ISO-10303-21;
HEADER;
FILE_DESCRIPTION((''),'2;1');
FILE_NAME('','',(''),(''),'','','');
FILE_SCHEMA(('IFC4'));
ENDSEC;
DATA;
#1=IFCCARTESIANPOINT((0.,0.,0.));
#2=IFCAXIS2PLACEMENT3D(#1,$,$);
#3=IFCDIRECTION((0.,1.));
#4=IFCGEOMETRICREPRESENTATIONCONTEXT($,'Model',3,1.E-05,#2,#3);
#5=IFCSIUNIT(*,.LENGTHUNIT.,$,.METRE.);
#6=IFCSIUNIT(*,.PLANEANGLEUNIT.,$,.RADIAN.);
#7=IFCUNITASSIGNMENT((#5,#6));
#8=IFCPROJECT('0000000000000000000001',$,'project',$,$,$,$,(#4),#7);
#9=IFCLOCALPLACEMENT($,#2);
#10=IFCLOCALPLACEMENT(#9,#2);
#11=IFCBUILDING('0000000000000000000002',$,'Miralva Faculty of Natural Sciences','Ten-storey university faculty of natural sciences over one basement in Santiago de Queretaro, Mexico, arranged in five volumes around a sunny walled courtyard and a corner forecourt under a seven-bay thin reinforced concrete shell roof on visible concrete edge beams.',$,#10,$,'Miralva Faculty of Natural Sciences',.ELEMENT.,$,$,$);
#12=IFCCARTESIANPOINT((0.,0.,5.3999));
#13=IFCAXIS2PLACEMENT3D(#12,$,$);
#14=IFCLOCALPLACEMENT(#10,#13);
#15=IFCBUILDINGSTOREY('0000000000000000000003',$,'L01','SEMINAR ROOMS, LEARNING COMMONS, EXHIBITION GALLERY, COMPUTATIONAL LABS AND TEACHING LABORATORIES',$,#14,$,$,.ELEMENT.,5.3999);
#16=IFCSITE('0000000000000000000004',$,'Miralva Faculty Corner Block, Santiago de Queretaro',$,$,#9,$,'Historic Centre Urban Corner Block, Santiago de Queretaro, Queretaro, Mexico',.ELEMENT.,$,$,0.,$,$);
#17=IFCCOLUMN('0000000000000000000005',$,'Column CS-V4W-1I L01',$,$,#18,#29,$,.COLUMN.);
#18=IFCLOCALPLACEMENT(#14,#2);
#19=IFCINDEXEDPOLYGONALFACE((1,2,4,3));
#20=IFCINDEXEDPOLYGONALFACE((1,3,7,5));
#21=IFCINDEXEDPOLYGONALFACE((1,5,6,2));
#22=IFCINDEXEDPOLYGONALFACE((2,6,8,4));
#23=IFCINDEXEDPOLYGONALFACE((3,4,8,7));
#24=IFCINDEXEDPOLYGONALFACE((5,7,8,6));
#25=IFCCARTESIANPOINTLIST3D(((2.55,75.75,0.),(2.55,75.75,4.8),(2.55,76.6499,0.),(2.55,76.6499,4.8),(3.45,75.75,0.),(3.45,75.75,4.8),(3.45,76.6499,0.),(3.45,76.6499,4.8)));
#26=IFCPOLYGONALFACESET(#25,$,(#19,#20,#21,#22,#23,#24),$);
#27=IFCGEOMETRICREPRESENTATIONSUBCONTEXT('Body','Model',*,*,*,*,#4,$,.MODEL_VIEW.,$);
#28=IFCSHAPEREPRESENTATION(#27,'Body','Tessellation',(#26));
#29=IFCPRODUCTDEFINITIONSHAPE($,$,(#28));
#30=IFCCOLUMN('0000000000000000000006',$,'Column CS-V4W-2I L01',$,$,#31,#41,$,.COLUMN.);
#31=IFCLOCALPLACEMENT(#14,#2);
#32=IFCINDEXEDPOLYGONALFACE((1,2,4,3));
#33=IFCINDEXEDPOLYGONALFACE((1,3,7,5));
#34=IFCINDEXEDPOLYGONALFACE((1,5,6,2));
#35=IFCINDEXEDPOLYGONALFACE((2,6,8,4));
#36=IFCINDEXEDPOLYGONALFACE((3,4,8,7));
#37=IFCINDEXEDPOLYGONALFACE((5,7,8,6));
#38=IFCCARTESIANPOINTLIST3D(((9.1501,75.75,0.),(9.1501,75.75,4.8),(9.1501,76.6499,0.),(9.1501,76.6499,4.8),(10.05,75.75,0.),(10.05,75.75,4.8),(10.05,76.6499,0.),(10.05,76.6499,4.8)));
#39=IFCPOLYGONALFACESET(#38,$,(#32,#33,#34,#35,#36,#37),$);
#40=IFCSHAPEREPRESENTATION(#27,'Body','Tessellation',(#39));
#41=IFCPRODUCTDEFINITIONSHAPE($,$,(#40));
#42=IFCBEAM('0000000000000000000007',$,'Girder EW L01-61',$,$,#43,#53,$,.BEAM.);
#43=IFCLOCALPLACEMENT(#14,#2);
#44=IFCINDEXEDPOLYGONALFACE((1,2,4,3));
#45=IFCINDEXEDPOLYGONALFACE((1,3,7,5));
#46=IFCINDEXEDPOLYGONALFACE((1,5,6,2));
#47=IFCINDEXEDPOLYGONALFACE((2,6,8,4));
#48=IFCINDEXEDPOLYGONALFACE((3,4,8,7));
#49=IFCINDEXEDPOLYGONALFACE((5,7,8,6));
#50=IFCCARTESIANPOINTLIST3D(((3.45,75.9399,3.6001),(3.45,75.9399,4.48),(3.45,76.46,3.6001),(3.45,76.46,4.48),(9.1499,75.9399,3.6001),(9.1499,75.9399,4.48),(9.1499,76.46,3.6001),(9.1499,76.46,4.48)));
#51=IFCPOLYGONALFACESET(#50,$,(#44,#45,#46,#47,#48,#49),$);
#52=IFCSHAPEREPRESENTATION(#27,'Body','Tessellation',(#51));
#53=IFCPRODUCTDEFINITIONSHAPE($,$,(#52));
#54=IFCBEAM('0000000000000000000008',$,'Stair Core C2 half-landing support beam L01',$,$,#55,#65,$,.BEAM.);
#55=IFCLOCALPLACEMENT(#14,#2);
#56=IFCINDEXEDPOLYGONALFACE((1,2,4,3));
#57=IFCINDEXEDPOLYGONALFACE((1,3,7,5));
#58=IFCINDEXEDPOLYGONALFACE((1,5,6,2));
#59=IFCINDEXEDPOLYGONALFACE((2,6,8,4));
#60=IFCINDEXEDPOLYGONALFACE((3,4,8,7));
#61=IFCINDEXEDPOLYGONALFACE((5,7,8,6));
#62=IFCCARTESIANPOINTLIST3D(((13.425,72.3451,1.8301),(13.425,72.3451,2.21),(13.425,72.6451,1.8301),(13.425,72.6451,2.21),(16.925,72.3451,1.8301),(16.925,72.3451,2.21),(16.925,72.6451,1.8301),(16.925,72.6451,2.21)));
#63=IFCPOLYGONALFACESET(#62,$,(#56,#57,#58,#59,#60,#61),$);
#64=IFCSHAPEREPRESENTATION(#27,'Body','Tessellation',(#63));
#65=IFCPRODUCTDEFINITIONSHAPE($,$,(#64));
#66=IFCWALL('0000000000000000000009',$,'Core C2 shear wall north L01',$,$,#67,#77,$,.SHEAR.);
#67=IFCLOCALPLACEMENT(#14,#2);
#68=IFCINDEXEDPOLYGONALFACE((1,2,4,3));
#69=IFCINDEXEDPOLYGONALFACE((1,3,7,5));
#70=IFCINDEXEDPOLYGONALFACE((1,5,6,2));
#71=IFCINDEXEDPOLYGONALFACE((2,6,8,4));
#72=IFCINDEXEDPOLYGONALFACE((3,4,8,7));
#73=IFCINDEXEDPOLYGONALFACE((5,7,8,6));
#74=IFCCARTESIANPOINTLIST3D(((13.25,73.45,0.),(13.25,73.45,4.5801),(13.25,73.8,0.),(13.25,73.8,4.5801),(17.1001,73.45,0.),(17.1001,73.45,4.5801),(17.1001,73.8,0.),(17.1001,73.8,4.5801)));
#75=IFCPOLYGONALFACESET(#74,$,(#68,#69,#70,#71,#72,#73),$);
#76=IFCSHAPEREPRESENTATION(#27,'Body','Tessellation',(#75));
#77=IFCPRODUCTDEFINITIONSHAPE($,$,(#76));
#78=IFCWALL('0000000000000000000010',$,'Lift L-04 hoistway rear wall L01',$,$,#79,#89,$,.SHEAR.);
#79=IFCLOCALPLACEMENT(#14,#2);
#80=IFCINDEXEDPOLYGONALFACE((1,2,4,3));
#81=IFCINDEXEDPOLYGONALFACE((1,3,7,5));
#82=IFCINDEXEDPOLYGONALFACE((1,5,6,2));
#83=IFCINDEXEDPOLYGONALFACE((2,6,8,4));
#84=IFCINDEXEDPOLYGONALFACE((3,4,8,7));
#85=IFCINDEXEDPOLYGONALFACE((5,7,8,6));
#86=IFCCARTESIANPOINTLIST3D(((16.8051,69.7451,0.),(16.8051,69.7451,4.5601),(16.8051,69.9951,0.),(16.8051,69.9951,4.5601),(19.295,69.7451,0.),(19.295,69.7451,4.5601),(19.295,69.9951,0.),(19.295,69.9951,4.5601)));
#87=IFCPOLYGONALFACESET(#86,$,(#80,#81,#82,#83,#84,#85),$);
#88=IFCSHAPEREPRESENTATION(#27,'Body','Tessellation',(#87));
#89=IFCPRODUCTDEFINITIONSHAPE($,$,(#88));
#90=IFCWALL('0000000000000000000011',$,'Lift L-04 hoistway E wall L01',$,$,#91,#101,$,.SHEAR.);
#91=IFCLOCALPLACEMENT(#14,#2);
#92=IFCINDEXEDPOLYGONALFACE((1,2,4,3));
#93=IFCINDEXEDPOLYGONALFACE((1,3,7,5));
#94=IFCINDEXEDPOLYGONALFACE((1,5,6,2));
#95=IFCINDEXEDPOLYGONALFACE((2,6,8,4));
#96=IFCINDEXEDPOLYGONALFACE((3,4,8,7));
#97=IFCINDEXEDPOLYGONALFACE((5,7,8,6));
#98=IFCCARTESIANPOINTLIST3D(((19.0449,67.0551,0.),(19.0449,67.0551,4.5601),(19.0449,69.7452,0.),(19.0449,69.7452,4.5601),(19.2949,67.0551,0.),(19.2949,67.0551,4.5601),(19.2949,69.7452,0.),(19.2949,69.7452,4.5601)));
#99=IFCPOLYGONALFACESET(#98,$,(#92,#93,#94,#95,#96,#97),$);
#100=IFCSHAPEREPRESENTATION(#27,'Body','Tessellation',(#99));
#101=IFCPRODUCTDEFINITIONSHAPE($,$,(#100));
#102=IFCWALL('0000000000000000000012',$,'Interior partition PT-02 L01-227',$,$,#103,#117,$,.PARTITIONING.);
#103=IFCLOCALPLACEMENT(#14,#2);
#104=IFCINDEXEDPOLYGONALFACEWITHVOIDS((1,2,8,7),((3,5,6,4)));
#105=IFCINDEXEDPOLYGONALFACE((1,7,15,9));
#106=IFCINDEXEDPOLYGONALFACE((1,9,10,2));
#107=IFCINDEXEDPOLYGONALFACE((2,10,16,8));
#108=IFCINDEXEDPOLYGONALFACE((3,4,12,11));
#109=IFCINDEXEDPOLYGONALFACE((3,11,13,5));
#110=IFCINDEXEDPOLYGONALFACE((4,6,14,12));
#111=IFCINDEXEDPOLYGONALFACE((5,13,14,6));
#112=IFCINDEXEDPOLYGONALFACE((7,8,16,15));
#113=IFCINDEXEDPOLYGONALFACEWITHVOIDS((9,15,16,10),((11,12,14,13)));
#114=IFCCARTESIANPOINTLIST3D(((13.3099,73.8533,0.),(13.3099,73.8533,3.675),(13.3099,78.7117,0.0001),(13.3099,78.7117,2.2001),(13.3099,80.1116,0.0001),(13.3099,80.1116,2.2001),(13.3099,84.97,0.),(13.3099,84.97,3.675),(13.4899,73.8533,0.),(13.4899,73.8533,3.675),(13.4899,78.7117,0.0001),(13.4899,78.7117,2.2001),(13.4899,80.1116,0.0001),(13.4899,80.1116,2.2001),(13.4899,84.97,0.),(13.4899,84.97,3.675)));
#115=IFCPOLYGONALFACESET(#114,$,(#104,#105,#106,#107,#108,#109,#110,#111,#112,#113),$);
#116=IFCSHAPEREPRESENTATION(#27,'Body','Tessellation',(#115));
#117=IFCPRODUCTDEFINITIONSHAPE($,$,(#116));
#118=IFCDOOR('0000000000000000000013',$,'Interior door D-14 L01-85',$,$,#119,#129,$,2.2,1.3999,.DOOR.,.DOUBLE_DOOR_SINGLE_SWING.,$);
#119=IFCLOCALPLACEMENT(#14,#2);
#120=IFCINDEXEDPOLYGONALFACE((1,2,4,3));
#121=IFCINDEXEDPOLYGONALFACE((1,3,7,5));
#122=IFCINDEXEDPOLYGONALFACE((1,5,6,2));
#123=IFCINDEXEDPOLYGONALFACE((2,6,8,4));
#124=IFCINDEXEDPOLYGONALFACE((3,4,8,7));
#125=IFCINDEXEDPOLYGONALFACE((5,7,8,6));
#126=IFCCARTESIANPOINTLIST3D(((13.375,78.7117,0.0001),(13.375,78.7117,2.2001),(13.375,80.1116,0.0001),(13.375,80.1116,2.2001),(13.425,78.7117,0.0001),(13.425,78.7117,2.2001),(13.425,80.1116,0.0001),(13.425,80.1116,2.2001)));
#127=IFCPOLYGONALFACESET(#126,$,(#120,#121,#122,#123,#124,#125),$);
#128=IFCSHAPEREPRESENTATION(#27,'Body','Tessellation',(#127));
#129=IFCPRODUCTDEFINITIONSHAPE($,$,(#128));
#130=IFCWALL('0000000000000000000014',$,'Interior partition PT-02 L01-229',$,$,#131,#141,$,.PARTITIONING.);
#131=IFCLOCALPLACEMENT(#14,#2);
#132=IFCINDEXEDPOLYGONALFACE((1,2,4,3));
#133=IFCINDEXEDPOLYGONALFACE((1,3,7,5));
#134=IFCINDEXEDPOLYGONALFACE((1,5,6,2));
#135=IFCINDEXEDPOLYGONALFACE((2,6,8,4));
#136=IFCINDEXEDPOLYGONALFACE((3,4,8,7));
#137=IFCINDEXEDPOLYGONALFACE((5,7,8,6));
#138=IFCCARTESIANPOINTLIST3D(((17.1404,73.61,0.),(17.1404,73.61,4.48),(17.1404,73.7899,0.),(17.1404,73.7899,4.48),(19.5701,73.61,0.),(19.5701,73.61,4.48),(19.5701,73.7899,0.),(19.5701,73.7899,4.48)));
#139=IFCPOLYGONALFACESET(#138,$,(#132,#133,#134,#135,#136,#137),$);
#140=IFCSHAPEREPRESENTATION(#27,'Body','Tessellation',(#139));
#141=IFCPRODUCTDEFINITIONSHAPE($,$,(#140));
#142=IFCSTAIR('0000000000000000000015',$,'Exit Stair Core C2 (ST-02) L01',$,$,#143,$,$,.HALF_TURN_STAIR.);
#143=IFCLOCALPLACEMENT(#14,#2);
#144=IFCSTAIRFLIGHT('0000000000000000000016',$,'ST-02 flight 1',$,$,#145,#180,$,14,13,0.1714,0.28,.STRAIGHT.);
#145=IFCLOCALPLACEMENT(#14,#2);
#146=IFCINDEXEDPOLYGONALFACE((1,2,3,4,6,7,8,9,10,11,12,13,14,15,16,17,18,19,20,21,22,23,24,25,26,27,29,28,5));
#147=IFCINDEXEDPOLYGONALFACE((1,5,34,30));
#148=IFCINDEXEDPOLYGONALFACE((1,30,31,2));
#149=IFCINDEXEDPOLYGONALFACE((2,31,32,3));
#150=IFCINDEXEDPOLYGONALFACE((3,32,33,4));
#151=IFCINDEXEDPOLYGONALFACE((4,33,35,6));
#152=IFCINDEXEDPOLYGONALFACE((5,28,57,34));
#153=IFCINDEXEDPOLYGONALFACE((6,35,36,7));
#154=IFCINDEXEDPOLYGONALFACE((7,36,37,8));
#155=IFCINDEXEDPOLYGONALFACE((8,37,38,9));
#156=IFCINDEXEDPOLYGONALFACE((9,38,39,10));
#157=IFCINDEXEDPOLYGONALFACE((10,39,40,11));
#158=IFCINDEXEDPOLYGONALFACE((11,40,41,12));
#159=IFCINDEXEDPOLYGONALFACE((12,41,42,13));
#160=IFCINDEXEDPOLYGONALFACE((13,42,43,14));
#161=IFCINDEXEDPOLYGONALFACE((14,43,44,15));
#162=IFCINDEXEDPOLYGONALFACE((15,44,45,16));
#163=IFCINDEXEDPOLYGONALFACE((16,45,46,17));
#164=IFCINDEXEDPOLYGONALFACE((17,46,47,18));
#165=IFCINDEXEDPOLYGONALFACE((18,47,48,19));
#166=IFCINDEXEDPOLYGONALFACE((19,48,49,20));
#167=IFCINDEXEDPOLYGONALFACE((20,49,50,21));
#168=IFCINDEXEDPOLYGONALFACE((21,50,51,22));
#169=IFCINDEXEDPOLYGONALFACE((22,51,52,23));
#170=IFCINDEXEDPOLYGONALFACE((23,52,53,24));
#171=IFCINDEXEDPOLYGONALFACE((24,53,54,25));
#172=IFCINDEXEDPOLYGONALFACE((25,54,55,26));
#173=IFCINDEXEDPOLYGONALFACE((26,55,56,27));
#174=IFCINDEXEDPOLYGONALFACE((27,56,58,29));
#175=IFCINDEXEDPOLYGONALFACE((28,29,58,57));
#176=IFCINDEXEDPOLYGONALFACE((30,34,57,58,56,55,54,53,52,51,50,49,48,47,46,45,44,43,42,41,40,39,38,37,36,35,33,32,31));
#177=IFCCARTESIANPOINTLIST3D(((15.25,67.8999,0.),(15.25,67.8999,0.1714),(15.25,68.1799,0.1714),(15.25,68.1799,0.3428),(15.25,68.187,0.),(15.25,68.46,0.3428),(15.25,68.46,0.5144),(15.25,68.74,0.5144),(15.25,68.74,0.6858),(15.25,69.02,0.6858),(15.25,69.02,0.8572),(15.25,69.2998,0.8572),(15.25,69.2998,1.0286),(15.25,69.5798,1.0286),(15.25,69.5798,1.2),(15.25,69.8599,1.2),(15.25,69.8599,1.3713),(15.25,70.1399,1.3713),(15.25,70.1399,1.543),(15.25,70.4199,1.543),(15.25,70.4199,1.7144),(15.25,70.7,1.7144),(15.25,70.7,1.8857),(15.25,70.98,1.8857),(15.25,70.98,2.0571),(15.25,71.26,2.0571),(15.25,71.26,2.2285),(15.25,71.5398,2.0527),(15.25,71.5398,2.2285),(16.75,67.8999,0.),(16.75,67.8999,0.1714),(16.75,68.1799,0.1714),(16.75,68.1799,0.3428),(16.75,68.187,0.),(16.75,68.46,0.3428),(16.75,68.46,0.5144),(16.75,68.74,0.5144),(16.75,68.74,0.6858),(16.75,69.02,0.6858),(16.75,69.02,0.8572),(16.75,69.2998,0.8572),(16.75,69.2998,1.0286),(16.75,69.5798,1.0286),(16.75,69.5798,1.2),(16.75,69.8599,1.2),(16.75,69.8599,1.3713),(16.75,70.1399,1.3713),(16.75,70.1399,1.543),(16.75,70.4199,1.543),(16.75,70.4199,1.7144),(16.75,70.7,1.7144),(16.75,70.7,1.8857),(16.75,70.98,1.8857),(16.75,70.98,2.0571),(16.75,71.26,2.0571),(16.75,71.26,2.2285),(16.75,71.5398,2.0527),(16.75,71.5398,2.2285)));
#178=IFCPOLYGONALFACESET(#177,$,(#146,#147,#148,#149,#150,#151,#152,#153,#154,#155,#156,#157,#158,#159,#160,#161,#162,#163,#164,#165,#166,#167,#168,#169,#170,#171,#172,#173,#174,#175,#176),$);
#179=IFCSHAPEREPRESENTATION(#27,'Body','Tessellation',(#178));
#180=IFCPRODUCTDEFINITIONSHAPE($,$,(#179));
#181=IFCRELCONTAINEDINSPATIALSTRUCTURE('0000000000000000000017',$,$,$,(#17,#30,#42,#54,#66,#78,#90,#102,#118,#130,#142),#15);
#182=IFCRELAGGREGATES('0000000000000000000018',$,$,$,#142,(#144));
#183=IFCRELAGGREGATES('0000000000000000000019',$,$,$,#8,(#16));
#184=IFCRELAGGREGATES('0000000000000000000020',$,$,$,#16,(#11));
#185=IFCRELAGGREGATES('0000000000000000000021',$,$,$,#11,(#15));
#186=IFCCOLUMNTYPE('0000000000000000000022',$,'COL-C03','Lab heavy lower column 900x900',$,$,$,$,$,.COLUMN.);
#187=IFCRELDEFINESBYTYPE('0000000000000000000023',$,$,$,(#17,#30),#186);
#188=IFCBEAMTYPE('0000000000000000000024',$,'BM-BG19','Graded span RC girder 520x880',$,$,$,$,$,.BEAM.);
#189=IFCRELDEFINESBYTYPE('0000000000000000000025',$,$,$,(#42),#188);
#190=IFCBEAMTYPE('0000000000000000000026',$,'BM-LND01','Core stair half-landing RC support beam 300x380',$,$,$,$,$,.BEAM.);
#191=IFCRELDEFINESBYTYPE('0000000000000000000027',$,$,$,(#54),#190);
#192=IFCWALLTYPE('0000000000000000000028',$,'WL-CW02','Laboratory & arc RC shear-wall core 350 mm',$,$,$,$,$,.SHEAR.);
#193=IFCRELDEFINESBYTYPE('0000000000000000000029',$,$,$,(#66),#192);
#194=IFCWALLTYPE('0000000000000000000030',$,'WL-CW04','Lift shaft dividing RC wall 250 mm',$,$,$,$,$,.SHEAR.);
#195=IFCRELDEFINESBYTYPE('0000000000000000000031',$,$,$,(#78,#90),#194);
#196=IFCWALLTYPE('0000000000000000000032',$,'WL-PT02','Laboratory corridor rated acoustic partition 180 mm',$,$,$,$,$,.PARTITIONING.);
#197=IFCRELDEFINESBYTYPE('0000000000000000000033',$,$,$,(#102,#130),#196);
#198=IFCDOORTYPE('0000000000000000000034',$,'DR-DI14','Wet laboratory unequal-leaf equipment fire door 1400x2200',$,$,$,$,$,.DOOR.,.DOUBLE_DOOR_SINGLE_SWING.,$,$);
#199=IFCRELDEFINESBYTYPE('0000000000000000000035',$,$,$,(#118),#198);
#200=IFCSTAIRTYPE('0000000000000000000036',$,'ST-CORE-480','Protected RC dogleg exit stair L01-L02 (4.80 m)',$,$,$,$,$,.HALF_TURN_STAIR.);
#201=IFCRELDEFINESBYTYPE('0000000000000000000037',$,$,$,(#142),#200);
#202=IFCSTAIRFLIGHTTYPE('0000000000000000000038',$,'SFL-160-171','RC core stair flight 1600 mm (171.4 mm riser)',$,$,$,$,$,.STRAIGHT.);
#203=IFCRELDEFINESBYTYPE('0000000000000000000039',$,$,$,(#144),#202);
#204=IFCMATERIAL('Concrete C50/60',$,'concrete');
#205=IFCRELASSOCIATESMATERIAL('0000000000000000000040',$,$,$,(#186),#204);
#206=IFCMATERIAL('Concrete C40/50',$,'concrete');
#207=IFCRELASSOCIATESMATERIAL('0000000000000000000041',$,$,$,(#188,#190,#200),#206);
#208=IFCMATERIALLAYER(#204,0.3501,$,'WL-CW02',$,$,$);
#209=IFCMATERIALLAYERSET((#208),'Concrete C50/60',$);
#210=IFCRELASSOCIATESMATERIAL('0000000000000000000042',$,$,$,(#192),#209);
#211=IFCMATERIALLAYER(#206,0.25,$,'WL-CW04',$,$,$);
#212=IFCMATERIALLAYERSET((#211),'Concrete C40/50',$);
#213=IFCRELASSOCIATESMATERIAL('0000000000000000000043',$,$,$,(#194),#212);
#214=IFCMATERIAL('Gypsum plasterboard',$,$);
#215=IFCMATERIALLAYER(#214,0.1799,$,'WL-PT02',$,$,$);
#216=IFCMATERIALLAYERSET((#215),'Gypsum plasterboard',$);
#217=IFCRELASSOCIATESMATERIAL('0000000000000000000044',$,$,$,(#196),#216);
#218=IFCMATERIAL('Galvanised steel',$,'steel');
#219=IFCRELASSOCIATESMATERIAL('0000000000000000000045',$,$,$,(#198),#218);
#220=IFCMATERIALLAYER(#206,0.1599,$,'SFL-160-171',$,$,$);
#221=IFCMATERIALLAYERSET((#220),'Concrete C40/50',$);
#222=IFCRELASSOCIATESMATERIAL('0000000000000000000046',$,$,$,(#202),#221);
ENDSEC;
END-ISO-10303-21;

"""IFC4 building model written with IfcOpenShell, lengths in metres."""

from ifc_helpers import new_model, si_unit, direction, frame, frame_2d, origin, origin_2d, place, context, subcontext, project, spatial, polyline, rectangle, outline, extrude, material, layer, layer_set, material_profile, profile_set, type_object, element, fill, aggregate, save


model = new_model("IFC4")

# Units and contexts
model_context = context("Model", 3, precision=1e-05, world=origin(), true_north=direction((0.0, 1.0)))
body_context = subcontext(model_context, "Body", "Model", "MODEL_VIEW")
ifc_project = project(units=[si_unit("LENGTHUNIT", "METRE"), si_unit("PLANEANGLEUNIT", "RADIAN")], contexts=[model_context])

# Site, building, storey
site_placement = place(None, origin())
site = spatial("IfcSite", under=ifc_project, at=site_placement, Name="Miralva Faculty Corner Block, Santiago de Queretaro", LongName="Historic Centre Urban Corner Block, Santiago de Queretaro, Queretaro, Mexico", CompositionType="ELEMENT", RefElevation=0.0)
building_placement = place(site_placement, origin())
building = spatial("IfcBuilding", under=site, at=building_placement, Name="Miralva Faculty of Natural Sciences", Description="Ten-storey university faculty of natural sciences over one basement in Santiago de Queretaro, Mexico, arranged in five volumes around a sunny walled courtyard and a corner forecourt under a seven-bay thin reinforced concrete shell roof on visible concrete edge beams.", LongName="Miralva Faculty of Natural Sciences", CompositionType="ELEMENT")
storey_placement = place(building_placement, frame((0.0, 0.0, 5.3999)))
storey = spatial("IfcBuildingStorey", under=building, at=storey_placement, Name="L01", Description="SEMINAR ROOMS, LEARNING COMMONS, EXHIBITION GALLERY, COMPUTATIONAL LABS AND TEACHING LABORATORIES", CompositionType="ELEMENT", Elevation=5.3999)

# Columns
ifc_material_1 = material(Name="Concrete C50/60", Category="concrete")
ifc_material_profile_1 = material_profile(ifc_material_1, rectangle(XDim=0.8999, YDim=0.8999, at=origin_2d()), Name="RC 900x900")
ifc_profile_set_1 = profile_set([ifc_material_profile_1], Name="Concrete C50/60")
column_type = type_object("IfcColumnType", Name="COL-C03", Description="Lab heavy lower column 900x900", PredefinedType="COLUMN", material=ifc_profile_set_1)
for number, where, z_axis, x_axis, name in (
    (1, (3.0, 76.2, 0.0), (0.0, 0.0, 1.0), (1.0, 0.0, 0.0), "Column CS-V4W-1I L01"),
    (2, (9.6001, 76.2, 0.0), (0.0, 0.0, 1.0), (1.0, 0.0, 0.0), "Column CS-V4W-2I L01"),
):
    element("IfcColumn", number, at=place(storey_placement, frame(where, z_axis=z_axis, x_axis=x_axis)), inside=storey, type_object=column_type, Name=name, PredefinedType="COLUMN", context=body_context, shape_type="SweptSolid", body=[
        extrude(rectangle(XDim=0.8999, YDim=0.8999, at=origin_2d()), origin(), (0.0, 0.0, 1.0), 4.8),
    ])

# Beams
ifc_material_2 = material(Name="Concrete C40/50", Category="concrete")
ifc_material_profile_2 = material_profile(ifc_material_2, rectangle(XDim=0.52, YDim=0.8799, at=origin_2d()), Name="RC 520x880")
ifc_profile_set_2 = profile_set([ifc_material_profile_2], Name="Concrete C40/50")
beam_type_1 = type_object("IfcBeamType", Name="BM-BG19", Description="Graded span RC girder 520x880", PredefinedType="BEAM", material=ifc_profile_set_2)
beam_1_placement = place(storey_placement, frame((3.45, 76.2, 4.04), z_axis=(1.0, 0.0, 0.0), x_axis=(0.0, 1.0, 0.0)))
element("IfcBeam", 3, at=beam_1_placement, inside=storey, type_object=beam_type_1, Name="Girder EW L01-61", PredefinedType="BEAM", context=body_context, shape_type="SweptSolid", body=[
    extrude(rectangle(XDim=0.52, YDim=0.8799, at=origin_2d()), origin(), (0.0, 0.0, 1.0), 5.7),
])
ifc_material_profile_3 = material_profile(ifc_material_2, rectangle(XDim=0.3, YDim=0.3799, at=origin_2d()), Name="RC 300x380")
ifc_profile_set_3 = profile_set([ifc_material_profile_3], Name="Concrete C40/50")
beam_type_2 = type_object("IfcBeamType", Name="BM-LND01", Description="Core stair half-landing RC support beam 300x380", PredefinedType="BEAM", material=ifc_profile_set_3)
beam_2_placement = place(storey_placement, frame((13.425, 72.4951, 2.02), z_axis=(1.0, 0.0, 0.0), x_axis=(0.0, 1.0, 0.0)))
element("IfcBeam", 4, at=beam_2_placement, inside=storey, type_object=beam_type_2, Name="Stair Core C2 half-landing support beam L01", PredefinedType="BEAM", context=body_context, shape_type="SweptSolid", body=[
    extrude(rectangle(XDim=0.3, YDim=0.3799, at=origin_2d()), origin(), (0.0, 0.0, 1.0), 3.5),
])

# Walls
ifc_layer_1 = layer(ifc_material_1, 0.3501, Name="WL-CW02")
ifc_layer_set_1 = layer_set([ifc_layer_1], Name="Concrete C50/60")
wall_type_1 = type_object("IfcWallType", Name="WL-CW02", Description="Laboratory & arc RC shear-wall core 350 mm", PredefinedType="SHEAR", material=ifc_layer_set_1)
wall_1_placement = place(storey_placement, frame((13.25, 73.625, 0.0), z_axis=(0.0, 0.0, 1.0), x_axis=(1.0, 0.0, 0.0)))
element("IfcWall", 5, at=wall_1_placement, inside=storey, type_object=wall_type_1, Name="Core C2 shear wall north L01", PredefinedType="SHEAR", context=body_context, shape_type="SweptSolid", body=[
    extrude(rectangle(XDim=3.8501, YDim=0.3501, at=frame_2d((1.925, 0.0))), origin(), (0.0, 0.0, 1.0), 4.5801),
])
ifc_layer_2 = layer(ifc_material_2, 0.25, Name="WL-CW04")
ifc_layer_set_2 = layer_set([ifc_layer_2], Name="Concrete C40/50")
wall_type_2 = type_object("IfcWallType", Name="WL-CW04", Description="Lift shaft dividing RC wall 250 mm", PredefinedType="SHEAR", material=ifc_layer_set_2)
wall_2_placement = place(storey_placement, frame((16.8049, 69.8701, 0.0), z_axis=(0.0, 0.0, 1.0), x_axis=(1.0, 0.0, 0.0)))
element("IfcWall", 6, at=wall_2_placement, inside=storey, type_object=wall_type_2, Name="Lift L-04 hoistway rear wall L01", PredefinedType="SHEAR", context=body_context, shape_type="SweptSolid", body=[
    extrude(rectangle(XDim=2.49, YDim=0.25, at=frame_2d((1.2451, 0.0))), origin(), (0.0, 0.0, 1.0), 4.5601),
])
wall_3_placement = place(storey_placement, frame((19.1699, 67.0549, 0.0), z_axis=(0.0, 0.0, 1.0), x_axis=(0.0, 1.0, 0.0)))
element("IfcWall", 7, at=wall_3_placement, inside=storey, type_object=wall_type_2, Name="Lift L-04 hoistway E wall L01", PredefinedType="SHEAR", context=body_context, shape_type="SweptSolid", body=[
    extrude(rectangle(XDim=2.6902, YDim=0.25, at=frame_2d((1.3452, 0.0))), origin(), (0.0, 0.0, 1.0), 4.5601),
])

# Wall, opening, door
ifc_material_3 = material(Name="Gypsum plasterboard")
ifc_layer_3 = layer(ifc_material_3, 0.1799, Name="WL-PT02")
ifc_layer_set_3 = layer_set([ifc_layer_3], Name="Gypsum plasterboard")
wall_type_3 = type_object("IfcWallType", Name="WL-PT02", Description="Laboratory corridor rated acoustic partition 180 mm", PredefinedType="PARTITIONING", material=ifc_layer_set_3)
wall_4_placement = place(storey_placement, frame((13.3999, 73.8533, 0.0), z_axis=(0.0, 0.0, 1.0), x_axis=(0.0, 1.0, 0.0)))
wall_4 = element("IfcWall", 8, at=wall_4_placement, inside=storey, type_object=wall_type_3, Name="Interior partition PT-02 L01-227", PredefinedType="PARTITIONING", context=body_context, shape_type="SweptSolid", body=[
    extrude(rectangle(XDim=11.1167, YDim=0.1799, at=frame_2d((5.5583, 0.0))), origin(), (0.0, 0.0, 1.0), 3.675),
])
opening_placement = place(wall_4_placement, frame((4.8584, 0.0, 0.0)))
opening = element("IfcOpeningElement", 9, at=opening_placement, cuts=wall_4, PredefinedType="OPENING", context=body_context, shape_type="SweptSolid", body=[
    extrude(rectangle(XDim=1.3999, YDim=2.2, at=frame_2d((0.7, 1.1001))), frame((0.0, 0.0999, 0.0), z_axis=(0.0, -1.0, 0.0), x_axis=(1.0, 0.0, 0.0)), (0.0, 0.0, 1.0), 0.2),
])
ifc_material_4 = material(Name="Galvanised steel", Category="steel")
door_type = type_object("IfcDoorType", Name="DR-DI14", Description="Wet laboratory unequal-leaf equipment fire door 1400x2200", OperationType="DOUBLE_DOOR_SINGLE_SWING", PredefinedType="DOOR", material=ifc_material_4)
door_placement = place(opening_placement, origin())
door = element("IfcDoor", 10, at=door_placement, inside=storey, type_object=door_type, Name="Interior door D-14 L01-85", OperationType="DOUBLE_DOOR_SINGLE_SWING", OverallHeight=2.2, OverallWidth=1.3999, PredefinedType="DOOR", context=body_context, shape_type="SweptSolid", body=[
    extrude(rectangle(XDim=1.3999, YDim=2.2, at=frame_2d((0.7, 1.1001))), frame((0.0, 0.0249, 0.0), z_axis=(0.0, -1.0, 0.0), x_axis=(1.0, 0.0, 0.0)), (0.0, 0.0, 1.0), 0.05),
])
fill(opening, door)

# Wall
wall_5_placement = place(storey_placement, frame((17.1404, 73.7, 0.0), z_axis=(0.0, 0.0, 1.0), x_axis=(1.0, 0.0, 0.0)))
element("IfcWall", 11, at=wall_5_placement, inside=storey, type_object=wall_type_3, Name="Interior partition PT-02 L01-229", PredefinedType="PARTITIONING", context=body_context, shape_type="SweptSolid", body=[
    extrude(rectangle(XDim=2.4297, YDim=0.1799, at=frame_2d((1.2148, 0.0))), origin(), (0.0, 0.0, 1.0), 4.48),
])

# Stair, stair flight
stair_type = type_object("IfcStairType", Name="ST-CORE-480", Description="Protected RC dogleg exit stair L01-L02 (4.80 m)", PredefinedType="HALF_TURN_STAIR", material=ifc_material_2)
stair_placement = place(storey_placement, origin())
stair = element("IfcStair", 12, at=stair_placement, inside=storey, type_object=stair_type, Name="Exit Stair Core C2 (ST-02) L01", PredefinedType="HALF_TURN_STAIR")
ifc_layer_4 = layer(ifc_material_2, 0.1599, Name="SFL-160-171")
ifc_layer_set_4 = layer_set([ifc_layer_4], Name="Concrete C40/50")
stair_flight_type = type_object("IfcStairFlightType", Name="SFL-160-171", Description="RC core stair flight 1600 mm (171.4 mm riser)", PredefinedType="STRAIGHT", material=ifc_layer_set_4)
stair_flight_1_placement = place(storey_placement, frame((16.0, 67.8999, 0.0), z_axis=(0.0, 0.0, 1.0), x_axis=(0.0, 1.0, 0.0)))
stair_flight_1 = element("IfcStairFlight", 13, at=stair_flight_1_placement, type_object=stair_flight_type, Name="ST-02 flight 1", NumberOfRisers=14, NumberOfTreads=13, PredefinedType="STRAIGHT", RiserHeight=0.1714, TreadLength=0.28, context=body_context, shape_type="SweptSolid", body=[
    extrude(outline(polyline([(0.0, 0.0), (0.0, 0.1714), (0.28, 0.1714), (0.28, 0.3428), (0.5601, 0.3428), (0.5601, 0.5144), (0.8401, 0.5144), (0.8401, 0.6858), (1.1201, 0.6858), (1.1201, 0.8572), (1.3999, 0.8572), (1.3999, 1.0286), (1.6799, 1.0286), (1.6799, 1.2), (1.96, 1.2), (1.96, 1.3713), (2.24, 1.3713), (2.24, 1.543), (2.52, 1.543), (2.52, 1.7144), (2.8, 1.7144), (2.8, 1.8857), (3.0801, 1.8857), (3.0801, 2.0571), (3.3601, 2.0571), (3.3601, 2.2285), (3.6399, 2.2285), (3.6399, 2.3999), (3.6399, 2.0527), (0.2871, 0.0), (0.0, 0.0)])), frame((0.0, 0.75, 0.0), z_axis=(0.0, -1.0, 0.0), x_axis=(1.0, 0.0, 0.0)), (0.0, 0.0, 1.0), 1.5),
])
aggregate(stair, [stair_flight_1])

save(model, "model.ifc")
